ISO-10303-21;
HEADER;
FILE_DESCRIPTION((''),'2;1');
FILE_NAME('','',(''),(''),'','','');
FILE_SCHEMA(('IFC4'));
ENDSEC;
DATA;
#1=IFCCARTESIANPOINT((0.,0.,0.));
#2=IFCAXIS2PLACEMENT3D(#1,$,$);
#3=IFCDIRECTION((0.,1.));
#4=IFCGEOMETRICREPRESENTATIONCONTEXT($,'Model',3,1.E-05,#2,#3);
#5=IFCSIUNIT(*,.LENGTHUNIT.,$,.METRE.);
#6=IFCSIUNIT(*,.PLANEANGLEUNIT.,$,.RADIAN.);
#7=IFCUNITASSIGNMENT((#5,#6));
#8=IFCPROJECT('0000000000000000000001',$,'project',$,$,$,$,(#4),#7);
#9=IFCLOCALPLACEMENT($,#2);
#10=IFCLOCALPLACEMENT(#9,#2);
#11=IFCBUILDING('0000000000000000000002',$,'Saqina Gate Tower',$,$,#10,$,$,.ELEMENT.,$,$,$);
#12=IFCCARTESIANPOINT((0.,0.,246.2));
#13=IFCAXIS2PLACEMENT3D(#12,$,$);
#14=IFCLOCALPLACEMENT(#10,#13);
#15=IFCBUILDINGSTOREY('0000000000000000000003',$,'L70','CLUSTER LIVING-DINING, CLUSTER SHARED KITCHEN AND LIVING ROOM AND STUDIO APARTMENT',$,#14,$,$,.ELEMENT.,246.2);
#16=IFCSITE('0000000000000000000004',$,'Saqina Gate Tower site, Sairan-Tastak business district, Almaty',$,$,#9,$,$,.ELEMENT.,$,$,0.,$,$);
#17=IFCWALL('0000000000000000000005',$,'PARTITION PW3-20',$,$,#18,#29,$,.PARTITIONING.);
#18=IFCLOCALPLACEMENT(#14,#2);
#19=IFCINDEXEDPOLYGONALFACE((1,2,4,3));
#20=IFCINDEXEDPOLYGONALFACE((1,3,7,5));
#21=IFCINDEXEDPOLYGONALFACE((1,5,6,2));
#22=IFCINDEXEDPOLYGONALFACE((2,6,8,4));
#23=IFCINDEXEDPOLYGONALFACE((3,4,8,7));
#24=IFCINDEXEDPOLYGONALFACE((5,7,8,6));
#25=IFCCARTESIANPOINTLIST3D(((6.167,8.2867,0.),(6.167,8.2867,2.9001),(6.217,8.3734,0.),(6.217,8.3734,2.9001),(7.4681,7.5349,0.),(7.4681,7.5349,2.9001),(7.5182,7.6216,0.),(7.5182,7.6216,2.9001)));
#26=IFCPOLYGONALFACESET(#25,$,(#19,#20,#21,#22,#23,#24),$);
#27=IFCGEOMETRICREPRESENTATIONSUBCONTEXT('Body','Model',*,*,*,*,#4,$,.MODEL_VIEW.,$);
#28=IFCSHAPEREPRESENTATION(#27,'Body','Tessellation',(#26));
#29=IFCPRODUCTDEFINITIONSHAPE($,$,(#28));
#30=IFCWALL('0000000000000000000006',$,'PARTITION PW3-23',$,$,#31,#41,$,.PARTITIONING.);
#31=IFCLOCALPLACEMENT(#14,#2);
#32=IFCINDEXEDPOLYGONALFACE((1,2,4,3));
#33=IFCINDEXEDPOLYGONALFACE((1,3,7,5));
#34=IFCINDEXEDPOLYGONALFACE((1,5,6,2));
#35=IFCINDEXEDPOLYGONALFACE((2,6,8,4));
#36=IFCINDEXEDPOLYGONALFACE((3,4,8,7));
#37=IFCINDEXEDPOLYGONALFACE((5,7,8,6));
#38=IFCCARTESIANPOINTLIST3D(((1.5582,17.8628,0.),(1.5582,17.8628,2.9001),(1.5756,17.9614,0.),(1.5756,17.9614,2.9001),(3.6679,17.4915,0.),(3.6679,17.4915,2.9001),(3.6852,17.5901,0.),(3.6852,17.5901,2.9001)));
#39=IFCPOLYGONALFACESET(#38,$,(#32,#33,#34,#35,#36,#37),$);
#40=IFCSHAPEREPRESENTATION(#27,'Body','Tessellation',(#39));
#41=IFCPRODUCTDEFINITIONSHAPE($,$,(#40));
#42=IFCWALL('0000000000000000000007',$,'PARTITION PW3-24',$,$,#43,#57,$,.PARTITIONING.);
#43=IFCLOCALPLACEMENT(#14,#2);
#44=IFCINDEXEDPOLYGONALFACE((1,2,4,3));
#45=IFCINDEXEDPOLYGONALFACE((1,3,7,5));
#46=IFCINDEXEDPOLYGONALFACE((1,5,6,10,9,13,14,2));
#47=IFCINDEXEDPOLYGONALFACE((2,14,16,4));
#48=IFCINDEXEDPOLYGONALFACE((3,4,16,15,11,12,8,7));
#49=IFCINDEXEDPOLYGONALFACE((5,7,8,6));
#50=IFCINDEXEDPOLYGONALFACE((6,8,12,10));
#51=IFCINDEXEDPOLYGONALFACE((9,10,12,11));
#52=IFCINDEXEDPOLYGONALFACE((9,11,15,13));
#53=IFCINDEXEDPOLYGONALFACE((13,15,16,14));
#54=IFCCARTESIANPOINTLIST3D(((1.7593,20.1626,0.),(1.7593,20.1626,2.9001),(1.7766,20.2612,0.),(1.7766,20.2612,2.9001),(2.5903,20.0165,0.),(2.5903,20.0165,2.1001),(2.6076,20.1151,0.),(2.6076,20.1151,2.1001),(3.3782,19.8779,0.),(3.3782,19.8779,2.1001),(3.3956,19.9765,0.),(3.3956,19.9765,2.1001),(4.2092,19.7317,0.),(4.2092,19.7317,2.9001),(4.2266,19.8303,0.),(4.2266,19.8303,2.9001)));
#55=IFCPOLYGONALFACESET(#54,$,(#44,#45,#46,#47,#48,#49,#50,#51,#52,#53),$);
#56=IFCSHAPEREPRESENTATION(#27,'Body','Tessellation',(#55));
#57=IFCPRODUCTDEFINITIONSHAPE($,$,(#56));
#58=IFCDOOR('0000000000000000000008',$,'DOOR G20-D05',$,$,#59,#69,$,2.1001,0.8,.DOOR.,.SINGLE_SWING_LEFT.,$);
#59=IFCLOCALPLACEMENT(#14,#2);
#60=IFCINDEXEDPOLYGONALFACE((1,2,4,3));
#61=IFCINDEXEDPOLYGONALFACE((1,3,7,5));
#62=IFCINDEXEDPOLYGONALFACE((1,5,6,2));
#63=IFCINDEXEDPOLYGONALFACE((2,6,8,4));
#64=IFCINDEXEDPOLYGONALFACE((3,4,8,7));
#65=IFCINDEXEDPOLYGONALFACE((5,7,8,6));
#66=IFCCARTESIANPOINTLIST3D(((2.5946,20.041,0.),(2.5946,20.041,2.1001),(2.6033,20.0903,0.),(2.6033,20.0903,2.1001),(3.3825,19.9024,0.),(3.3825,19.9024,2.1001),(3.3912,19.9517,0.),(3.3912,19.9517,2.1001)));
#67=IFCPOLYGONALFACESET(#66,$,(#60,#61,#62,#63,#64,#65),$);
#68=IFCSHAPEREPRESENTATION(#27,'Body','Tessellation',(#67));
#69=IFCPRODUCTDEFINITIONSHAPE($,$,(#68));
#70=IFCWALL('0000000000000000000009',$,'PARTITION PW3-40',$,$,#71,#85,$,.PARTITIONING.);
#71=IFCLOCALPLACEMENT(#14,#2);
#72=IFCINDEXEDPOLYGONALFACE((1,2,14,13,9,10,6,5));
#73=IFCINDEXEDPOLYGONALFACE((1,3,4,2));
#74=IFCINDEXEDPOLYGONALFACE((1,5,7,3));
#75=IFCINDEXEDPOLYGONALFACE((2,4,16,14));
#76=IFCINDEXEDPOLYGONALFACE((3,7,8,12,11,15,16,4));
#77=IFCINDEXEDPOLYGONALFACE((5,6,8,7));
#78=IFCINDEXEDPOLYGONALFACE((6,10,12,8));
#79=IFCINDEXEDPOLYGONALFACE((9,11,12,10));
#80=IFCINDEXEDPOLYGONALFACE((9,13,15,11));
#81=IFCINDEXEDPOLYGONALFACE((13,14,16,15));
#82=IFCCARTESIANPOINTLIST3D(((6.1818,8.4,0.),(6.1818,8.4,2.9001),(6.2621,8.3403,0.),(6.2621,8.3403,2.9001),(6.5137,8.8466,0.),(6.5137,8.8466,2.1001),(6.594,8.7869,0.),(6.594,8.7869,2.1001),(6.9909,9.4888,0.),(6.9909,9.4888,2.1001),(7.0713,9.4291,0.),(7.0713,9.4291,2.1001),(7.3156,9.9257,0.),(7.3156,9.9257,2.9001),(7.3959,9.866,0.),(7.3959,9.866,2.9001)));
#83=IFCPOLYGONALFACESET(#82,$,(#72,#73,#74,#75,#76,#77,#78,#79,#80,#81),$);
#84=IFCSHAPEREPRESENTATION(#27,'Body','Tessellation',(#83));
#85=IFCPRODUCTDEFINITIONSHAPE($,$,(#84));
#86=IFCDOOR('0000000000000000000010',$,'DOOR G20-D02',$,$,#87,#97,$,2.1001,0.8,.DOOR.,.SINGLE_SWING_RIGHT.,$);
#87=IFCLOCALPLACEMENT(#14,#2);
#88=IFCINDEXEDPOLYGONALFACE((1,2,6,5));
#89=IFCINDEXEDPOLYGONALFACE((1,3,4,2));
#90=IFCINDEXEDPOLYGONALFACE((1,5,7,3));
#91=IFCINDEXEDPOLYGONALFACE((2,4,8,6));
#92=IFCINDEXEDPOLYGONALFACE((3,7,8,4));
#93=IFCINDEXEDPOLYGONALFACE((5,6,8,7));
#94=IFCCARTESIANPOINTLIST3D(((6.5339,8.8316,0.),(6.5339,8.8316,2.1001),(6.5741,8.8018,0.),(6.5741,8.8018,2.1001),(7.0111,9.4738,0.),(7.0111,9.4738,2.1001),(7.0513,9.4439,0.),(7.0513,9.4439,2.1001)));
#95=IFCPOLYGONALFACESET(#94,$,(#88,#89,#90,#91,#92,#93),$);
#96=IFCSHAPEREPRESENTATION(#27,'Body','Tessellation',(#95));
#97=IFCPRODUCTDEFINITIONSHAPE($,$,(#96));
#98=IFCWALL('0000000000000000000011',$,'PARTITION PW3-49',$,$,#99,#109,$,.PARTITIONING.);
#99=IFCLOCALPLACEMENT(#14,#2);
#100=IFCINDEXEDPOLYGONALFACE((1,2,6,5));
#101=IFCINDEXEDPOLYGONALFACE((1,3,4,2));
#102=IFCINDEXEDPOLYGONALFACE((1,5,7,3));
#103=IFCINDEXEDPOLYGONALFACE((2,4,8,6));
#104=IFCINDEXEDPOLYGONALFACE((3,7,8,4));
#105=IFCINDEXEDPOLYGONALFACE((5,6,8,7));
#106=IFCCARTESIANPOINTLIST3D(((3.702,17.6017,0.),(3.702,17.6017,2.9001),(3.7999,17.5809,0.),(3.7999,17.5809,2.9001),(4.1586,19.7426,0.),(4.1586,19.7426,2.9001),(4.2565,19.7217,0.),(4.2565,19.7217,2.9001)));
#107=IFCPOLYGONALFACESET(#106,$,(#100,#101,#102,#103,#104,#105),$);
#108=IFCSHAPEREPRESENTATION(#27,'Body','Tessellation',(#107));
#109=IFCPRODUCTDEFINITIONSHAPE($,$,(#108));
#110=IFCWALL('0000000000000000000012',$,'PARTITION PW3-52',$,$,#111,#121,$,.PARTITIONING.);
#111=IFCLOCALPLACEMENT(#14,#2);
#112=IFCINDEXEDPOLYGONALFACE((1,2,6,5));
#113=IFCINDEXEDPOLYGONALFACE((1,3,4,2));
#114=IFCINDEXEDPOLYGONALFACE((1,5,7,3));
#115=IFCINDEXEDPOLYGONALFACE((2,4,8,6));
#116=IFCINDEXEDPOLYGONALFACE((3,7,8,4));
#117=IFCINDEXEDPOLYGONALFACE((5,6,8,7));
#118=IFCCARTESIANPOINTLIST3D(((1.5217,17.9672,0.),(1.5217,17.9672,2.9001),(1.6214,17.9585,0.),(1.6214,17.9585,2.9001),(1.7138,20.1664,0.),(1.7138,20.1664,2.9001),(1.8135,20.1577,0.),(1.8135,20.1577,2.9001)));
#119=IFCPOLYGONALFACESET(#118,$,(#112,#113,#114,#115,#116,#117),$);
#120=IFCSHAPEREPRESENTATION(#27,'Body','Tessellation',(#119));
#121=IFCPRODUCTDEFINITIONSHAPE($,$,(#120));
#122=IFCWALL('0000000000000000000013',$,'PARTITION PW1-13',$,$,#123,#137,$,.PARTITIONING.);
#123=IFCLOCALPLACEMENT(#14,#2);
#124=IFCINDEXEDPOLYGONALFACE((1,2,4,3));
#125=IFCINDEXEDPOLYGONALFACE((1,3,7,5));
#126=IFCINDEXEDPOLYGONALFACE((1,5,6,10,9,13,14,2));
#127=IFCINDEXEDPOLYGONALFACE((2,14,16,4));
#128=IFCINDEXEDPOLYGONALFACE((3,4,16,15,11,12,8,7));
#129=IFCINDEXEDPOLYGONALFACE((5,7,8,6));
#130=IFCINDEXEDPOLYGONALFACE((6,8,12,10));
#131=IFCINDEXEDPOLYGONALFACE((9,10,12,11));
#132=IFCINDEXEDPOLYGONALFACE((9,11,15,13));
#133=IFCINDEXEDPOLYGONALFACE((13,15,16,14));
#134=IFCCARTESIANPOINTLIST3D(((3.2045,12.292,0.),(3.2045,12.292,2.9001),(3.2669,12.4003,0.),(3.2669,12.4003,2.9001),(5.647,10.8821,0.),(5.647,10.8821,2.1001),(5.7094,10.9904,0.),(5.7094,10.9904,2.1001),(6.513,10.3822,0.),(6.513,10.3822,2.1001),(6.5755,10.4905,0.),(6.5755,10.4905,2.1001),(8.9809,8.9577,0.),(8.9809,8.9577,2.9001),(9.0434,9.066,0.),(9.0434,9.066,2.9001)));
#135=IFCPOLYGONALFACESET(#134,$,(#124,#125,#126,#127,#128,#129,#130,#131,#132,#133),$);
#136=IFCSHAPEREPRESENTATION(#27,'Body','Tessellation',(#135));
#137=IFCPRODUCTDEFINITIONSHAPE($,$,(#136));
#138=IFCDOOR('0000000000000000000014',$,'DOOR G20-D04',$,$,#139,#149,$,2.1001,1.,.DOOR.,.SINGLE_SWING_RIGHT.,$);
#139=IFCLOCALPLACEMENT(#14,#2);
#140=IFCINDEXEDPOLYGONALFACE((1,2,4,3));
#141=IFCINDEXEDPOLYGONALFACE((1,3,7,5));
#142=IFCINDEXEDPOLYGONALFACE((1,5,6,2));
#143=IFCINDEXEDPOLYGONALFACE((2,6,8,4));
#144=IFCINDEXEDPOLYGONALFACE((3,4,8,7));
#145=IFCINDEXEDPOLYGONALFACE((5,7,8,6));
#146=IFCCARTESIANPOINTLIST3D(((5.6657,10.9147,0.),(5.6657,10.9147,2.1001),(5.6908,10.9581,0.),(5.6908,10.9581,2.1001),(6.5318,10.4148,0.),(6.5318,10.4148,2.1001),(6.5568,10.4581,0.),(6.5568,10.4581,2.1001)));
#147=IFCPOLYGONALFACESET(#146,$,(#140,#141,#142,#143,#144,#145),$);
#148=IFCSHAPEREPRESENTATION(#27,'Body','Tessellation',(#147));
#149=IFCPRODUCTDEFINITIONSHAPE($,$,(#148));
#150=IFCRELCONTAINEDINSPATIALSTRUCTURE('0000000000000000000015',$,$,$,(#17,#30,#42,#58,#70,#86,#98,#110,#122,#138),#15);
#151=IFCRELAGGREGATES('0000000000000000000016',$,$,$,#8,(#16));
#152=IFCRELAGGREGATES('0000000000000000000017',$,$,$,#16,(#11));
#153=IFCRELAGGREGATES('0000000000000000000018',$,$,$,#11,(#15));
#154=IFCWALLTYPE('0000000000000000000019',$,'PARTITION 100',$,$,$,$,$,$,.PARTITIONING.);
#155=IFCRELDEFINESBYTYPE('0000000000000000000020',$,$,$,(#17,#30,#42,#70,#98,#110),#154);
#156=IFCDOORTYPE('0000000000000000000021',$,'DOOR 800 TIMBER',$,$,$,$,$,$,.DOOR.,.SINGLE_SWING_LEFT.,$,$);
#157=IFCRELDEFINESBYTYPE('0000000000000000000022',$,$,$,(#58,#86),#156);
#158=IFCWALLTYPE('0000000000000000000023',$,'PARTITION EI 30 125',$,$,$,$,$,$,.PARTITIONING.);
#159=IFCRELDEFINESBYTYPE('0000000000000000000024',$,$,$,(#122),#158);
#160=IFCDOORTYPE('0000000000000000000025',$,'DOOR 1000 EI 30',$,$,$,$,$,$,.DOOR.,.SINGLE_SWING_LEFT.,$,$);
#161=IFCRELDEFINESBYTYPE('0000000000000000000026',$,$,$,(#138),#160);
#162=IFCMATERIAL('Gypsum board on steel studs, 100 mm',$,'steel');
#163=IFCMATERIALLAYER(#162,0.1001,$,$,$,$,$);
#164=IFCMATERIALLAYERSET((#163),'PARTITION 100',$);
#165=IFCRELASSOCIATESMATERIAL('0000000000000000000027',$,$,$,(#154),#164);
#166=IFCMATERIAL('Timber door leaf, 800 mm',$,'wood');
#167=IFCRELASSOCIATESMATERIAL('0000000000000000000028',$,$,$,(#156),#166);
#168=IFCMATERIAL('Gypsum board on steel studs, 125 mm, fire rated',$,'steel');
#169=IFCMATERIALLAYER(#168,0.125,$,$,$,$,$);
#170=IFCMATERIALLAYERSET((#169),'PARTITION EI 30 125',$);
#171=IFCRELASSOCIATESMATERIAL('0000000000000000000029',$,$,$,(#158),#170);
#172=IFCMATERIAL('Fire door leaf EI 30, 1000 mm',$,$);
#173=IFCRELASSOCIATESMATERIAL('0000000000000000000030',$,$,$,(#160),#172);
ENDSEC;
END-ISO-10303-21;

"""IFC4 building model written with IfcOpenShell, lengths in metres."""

from ifc_helpers import new_model, si_unit, direction, frame, frame_2d, origin, place, context, subcontext, project, spatial, rectangle, extrude, material, layer, layer_set, type_object, element, fill, save


model = new_model("IFC4")

# Units and contexts
model_context = context("Model", 3, precision=1e-05, world=origin(), true_north=direction((0.0, 1.0)))
body_context = subcontext(model_context, "Body", "Model", "MODEL_VIEW")
ifc_project = project(units=[si_unit("LENGTHUNIT", "METRE"), si_unit("PLANEANGLEUNIT", "RADIAN")], contexts=[model_context])

# Site, building, storey
site_placement = place(None, origin())
site = spatial("IfcSite", under=ifc_project, at=site_placement, Name="Saqina Gate Tower site, Sairan-Tastak business district, Almaty", CompositionType="ELEMENT", RefElevation=0.0)
building_placement = place(site_placement, origin())
building = spatial("IfcBuilding", under=site, at=building_placement, Name="Saqina Gate Tower", CompositionType="ELEMENT")
storey_placement = place(building_placement, frame((0.0, 0.0, 246.2)))
storey = spatial("IfcBuildingStorey", under=building, at=storey_placement, Name="L70", Description="CLUSTER LIVING-DINING, CLUSTER SHARED KITCHEN AND LIVING ROOM AND STUDIO APARTMENT", CompositionType="ELEMENT", Elevation=246.2)

# Walls
ifc_material_1 = material(Name="Gypsum board on steel studs, 100 mm", Category="steel")
ifc_layer_1 = layer(ifc_material_1, 0.1001)
ifc_layer_set_1 = layer_set([ifc_layer_1], Name="PARTITION 100")
wall_type_1 = type_object("IfcWallType", Name="PARTITION 100", PredefinedType="PARTITIONING", material=ifc_layer_set_1)
wall_1_placement = place(storey_placement, frame((6.1919, 8.3301, 0.0), z_axis=(0.0, 0.0, 1.0), x_axis=(0.865864, -0.50028, 0.0)))
element("IfcWall", 1, at=wall_1_placement, inside=storey, type_object=wall_type_1, Name="PARTITION PW3-20", PredefinedType="PARTITIONING", context=body_context, shape_type="SweptSolid", body=[
    extrude(rectangle(XDim=1.5027, YDim=0.1001, at=frame_2d((0.7515, 0.0))), origin(), (0.0, 0.0, 1.0), 2.9001),
])
wall_2_placement = place(storey_placement, frame((1.5669, 17.9121, 0.0), z_axis=(0.0, 0.0, 1.0), x_axis=(0.984859, -0.173356, 0.0)))
element("IfcWall", 2, at=wall_2_placement, inside=storey, type_object=wall_type_1, Name="PARTITION PW3-23", PredefinedType="PARTITIONING", context=body_context, shape_type="SweptSolid", body=[
    extrude(rectangle(XDim=2.1421, YDim=0.1001, at=frame_2d((1.071, 0.0))), origin(), (0.0, 0.0, 1.0), 2.9001),
])

# Walls, openings, doors
wall_3_placement = place(storey_placement, frame((1.7681, 20.2119, 0.0), z_axis=(0.0, 0.0, 1.0), x_axis=(0.984882, -0.173225, 0.0)))
wall_3 = element("IfcWall", 3, at=wall_3_placement, inside=storey, type_object=wall_type_1, Name="PARTITION PW3-24", PredefinedType="PARTITIONING", context=body_context, shape_type="SweptSolid", body=[
    extrude(rectangle(XDim=2.4875, YDim=0.1001, at=frame_2d((1.2437, 0.0))), origin(), (0.0, 0.0, 1.0), 2.9001),
])
opening_1_placement = place(wall_3_placement, frame((0.8438, 0.0, 0.0)))
opening_1 = element("IfcOpeningElement", 4, at=opening_1_placement, cuts=wall_3, PredefinedType="OPENING", context=body_context, shape_type="SweptSolid", body=[
    extrude(rectangle(XDim=0.8, YDim=2.1001, at=frame_2d((0.3999, 1.05))), frame((0.0, 0.062, 0.0), z_axis=(0.0, -1.0, 0.0), x_axis=(1.0, 0.0, 0.0)), (0.0, 0.0, 1.0), 0.124),
])
ifc_material_2 = material(Name="Timber door leaf, 800 mm", Category="wood")
door_type_1 = type_object("IfcDoorType", Name="DOOR 800 TIMBER", OperationType="SINGLE_SWING_LEFT", PredefinedType="DOOR", material=ifc_material_2)
door_1_placement = place(opening_1_placement, origin())
door_1 = element("IfcDoor", 5, at=door_1_placement, inside=storey, type_object=door_type_1, Name="DOOR G20-D05", OperationType="SINGLE_SWING_LEFT", OverallHeight=2.1001, OverallWidth=0.8, PredefinedType="DOOR", context=body_context, shape_type="SweptSolid", body=[
    extrude(rectangle(XDim=0.8, YDim=2.1001, at=frame_2d((0.3999, 1.05))), frame((0.0, 0.0249, 0.0), z_axis=(0.0, -1.0, 0.0), x_axis=(1.0, 0.0, 0.0)), (0.0, 0.0, 1.0), 0.05),
])
fill(opening_1, door_1)
wall_4_placement = place(storey_placement, frame((6.2219, 8.3701, 0.0), z_axis=(0.0, 0.0, 1.0), x_axis=(0.59648, 0.802628, 0.0)))
wall_4 = element("IfcWall", 6, at=wall_4_placement, inside=storey, type_object=wall_type_1, Name="PARTITION PW3-40", PredefinedType="PARTITIONING", context=body_context, shape_type="SweptSolid", body=[
    extrude(rectangle(XDim=1.9009, YDim=0.1001, at=frame_2d((0.9504, 0.0))), origin(), (0.0, 0.0, 1.0), 2.9001),
])
opening_2_placement = place(wall_4_placement, frame((0.5566, 0.0, 0.0)))
opening_2 = element("IfcOpeningElement", 7, at=opening_2_placement, cuts=wall_4, PredefinedType="OPENING", context=body_context, shape_type="SweptSolid", body=[
    extrude(rectangle(XDim=0.8, YDim=2.1001, at=frame_2d((0.3999, 1.05))), frame((0.0, 0.062, 0.0), z_axis=(0.0, -1.0, 0.0), x_axis=(1.0, 0.0, 0.0)), (0.0, 0.0, 1.0), 0.124),
])
door_2_placement = place(opening_2_placement, origin())
door_2 = element("IfcDoor", 8, at=door_2_placement, inside=storey, type_object=door_type_1, Name="DOOR G20-D02", OperationType="SINGLE_SWING_RIGHT", OverallHeight=2.1001, OverallWidth=0.8, PredefinedType="DOOR", context=body_context, shape_type="SweptSolid", body=[
    extrude(rectangle(XDim=0.8, YDim=2.1001, at=frame_2d((0.3999, 1.05))), frame((0.0, 0.0249, 0.0), z_axis=(0.0, -1.0, 0.0), x_axis=(1.0, 0.0, 0.0)), (0.0, 0.0, 1.0), 0.05),
])
fill(opening_2, door_2)

# Walls
wall_5_placement = place(storey_placement, frame((3.751, 17.5913, 0.0), z_axis=(0.0, 0.0, 1.0), x_axis=(0.208562, 0.978009, 0.0)))
element("IfcWall", 9, at=wall_5_placement, inside=storey, type_object=wall_type_1, Name="PARTITION PW3-49", PredefinedType="PARTITIONING", context=body_context, shape_type="SweptSolid", body=[
    extrude(rectangle(XDim=2.189, YDim=0.1001, at=frame_2d((1.0945, 0.0))), origin(), (0.0, 0.0, 1.0), 2.9001),
])
wall_6_placement = place(storey_placement, frame((1.5715, 17.9629, 0.0), z_axis=(0.0, 0.0, 1.0), x_axis=(0.087035, 0.996205, 0.0)))
element("IfcWall", 10, at=wall_6_placement, inside=storey, type_object=wall_type_1, Name="PARTITION PW3-52", PredefinedType="PARTITIONING", context=body_context, shape_type="SweptSolid", body=[
    extrude(rectangle(XDim=2.2075, YDim=0.1001, at=frame_2d((1.1038, 0.0))), origin(), (0.0, 0.0, 1.0), 2.9001),
])

# Wall, opening, door
ifc_material_3 = material(Name="Gypsum board on steel studs, 125 mm, fire rated", Category="steel")
ifc_layer_2 = layer(ifc_material_3, 0.125)
ifc_layer_set_2 = layer_set([ifc_layer_2], Name="PARTITION EI 30 125")
wall_type_2 = type_object("IfcWallType", Name="PARTITION EI 30 125", PredefinedType="PARTITIONING", material=ifc_layer_set_2)
wall_7_placement = place(storey_placement, frame((3.2356, 12.3462, 0.0), z_axis=(0.0, 0.0, 1.0), x_axis=(0.866075, -0.499915, 0.0)))
wall_7 = element("IfcWall", 11, at=wall_7_placement, inside=storey, type_object=wall_type_2, Name="PARTITION PW1-13", PredefinedType="PARTITIONING", context=body_context, shape_type="SweptSolid", body=[
    extrude(rectangle(XDim=6.6697, YDim=0.125, at=frame_2d((3.335, 0.0))), origin(), (0.0, 0.0, 1.0), 2.9001),
])
opening_3_placement = place(wall_7_placement, frame((2.8203, 0.0, 0.0)))
opening_3 = element("IfcOpeningElement", 12, at=opening_3_placement, cuts=wall_7, PredefinedType="OPENING", context=body_context, shape_type="SweptSolid", body=[
    extrude(rectangle(XDim=1.0, YDim=2.1001, at=frame_2d((0.5, 1.05))), frame((0.0, 0.0745, 0.0), z_axis=(0.0, -1.0, 0.0), x_axis=(1.0, 0.0, 0.0)), (0.0, 0.0, 1.0), 0.1489),
])
ifc_material_4 = material(Name="Fire door leaf EI 30, 1000 mm")
door_type_2 = type_object("IfcDoorType", Name="DOOR 1000 EI 30", OperationType="SINGLE_SWING_LEFT", PredefinedType="DOOR", material=ifc_material_4)
door_3_placement = place(opening_3_placement, frame((1.0, 0.0, 0.0), z_axis=(0.0, 0.0, 1.0), x_axis=(-1.0, 0.0, 0.0)))
door_3 = element("IfcDoor", 13, at=door_3_placement, inside=storey, type_object=door_type_2, Name="DOOR G20-D04", OperationType="SINGLE_SWING_RIGHT", OverallHeight=2.1001, OverallWidth=1.0, PredefinedType="DOOR", context=body_context, shape_type="SweptSolid", body=[
    extrude(rectangle(XDim=1.0, YDim=2.1001, at=frame_2d((0.5, 1.05))), frame((0.0, 0.0249, 0.0), z_axis=(0.0, -1.0, 0.0), x_axis=(1.0, 0.0, 0.0)), (0.0, 0.0, 1.0), 0.05),
])
fill(opening_3, door_3)

save(model, "model.ifc")
